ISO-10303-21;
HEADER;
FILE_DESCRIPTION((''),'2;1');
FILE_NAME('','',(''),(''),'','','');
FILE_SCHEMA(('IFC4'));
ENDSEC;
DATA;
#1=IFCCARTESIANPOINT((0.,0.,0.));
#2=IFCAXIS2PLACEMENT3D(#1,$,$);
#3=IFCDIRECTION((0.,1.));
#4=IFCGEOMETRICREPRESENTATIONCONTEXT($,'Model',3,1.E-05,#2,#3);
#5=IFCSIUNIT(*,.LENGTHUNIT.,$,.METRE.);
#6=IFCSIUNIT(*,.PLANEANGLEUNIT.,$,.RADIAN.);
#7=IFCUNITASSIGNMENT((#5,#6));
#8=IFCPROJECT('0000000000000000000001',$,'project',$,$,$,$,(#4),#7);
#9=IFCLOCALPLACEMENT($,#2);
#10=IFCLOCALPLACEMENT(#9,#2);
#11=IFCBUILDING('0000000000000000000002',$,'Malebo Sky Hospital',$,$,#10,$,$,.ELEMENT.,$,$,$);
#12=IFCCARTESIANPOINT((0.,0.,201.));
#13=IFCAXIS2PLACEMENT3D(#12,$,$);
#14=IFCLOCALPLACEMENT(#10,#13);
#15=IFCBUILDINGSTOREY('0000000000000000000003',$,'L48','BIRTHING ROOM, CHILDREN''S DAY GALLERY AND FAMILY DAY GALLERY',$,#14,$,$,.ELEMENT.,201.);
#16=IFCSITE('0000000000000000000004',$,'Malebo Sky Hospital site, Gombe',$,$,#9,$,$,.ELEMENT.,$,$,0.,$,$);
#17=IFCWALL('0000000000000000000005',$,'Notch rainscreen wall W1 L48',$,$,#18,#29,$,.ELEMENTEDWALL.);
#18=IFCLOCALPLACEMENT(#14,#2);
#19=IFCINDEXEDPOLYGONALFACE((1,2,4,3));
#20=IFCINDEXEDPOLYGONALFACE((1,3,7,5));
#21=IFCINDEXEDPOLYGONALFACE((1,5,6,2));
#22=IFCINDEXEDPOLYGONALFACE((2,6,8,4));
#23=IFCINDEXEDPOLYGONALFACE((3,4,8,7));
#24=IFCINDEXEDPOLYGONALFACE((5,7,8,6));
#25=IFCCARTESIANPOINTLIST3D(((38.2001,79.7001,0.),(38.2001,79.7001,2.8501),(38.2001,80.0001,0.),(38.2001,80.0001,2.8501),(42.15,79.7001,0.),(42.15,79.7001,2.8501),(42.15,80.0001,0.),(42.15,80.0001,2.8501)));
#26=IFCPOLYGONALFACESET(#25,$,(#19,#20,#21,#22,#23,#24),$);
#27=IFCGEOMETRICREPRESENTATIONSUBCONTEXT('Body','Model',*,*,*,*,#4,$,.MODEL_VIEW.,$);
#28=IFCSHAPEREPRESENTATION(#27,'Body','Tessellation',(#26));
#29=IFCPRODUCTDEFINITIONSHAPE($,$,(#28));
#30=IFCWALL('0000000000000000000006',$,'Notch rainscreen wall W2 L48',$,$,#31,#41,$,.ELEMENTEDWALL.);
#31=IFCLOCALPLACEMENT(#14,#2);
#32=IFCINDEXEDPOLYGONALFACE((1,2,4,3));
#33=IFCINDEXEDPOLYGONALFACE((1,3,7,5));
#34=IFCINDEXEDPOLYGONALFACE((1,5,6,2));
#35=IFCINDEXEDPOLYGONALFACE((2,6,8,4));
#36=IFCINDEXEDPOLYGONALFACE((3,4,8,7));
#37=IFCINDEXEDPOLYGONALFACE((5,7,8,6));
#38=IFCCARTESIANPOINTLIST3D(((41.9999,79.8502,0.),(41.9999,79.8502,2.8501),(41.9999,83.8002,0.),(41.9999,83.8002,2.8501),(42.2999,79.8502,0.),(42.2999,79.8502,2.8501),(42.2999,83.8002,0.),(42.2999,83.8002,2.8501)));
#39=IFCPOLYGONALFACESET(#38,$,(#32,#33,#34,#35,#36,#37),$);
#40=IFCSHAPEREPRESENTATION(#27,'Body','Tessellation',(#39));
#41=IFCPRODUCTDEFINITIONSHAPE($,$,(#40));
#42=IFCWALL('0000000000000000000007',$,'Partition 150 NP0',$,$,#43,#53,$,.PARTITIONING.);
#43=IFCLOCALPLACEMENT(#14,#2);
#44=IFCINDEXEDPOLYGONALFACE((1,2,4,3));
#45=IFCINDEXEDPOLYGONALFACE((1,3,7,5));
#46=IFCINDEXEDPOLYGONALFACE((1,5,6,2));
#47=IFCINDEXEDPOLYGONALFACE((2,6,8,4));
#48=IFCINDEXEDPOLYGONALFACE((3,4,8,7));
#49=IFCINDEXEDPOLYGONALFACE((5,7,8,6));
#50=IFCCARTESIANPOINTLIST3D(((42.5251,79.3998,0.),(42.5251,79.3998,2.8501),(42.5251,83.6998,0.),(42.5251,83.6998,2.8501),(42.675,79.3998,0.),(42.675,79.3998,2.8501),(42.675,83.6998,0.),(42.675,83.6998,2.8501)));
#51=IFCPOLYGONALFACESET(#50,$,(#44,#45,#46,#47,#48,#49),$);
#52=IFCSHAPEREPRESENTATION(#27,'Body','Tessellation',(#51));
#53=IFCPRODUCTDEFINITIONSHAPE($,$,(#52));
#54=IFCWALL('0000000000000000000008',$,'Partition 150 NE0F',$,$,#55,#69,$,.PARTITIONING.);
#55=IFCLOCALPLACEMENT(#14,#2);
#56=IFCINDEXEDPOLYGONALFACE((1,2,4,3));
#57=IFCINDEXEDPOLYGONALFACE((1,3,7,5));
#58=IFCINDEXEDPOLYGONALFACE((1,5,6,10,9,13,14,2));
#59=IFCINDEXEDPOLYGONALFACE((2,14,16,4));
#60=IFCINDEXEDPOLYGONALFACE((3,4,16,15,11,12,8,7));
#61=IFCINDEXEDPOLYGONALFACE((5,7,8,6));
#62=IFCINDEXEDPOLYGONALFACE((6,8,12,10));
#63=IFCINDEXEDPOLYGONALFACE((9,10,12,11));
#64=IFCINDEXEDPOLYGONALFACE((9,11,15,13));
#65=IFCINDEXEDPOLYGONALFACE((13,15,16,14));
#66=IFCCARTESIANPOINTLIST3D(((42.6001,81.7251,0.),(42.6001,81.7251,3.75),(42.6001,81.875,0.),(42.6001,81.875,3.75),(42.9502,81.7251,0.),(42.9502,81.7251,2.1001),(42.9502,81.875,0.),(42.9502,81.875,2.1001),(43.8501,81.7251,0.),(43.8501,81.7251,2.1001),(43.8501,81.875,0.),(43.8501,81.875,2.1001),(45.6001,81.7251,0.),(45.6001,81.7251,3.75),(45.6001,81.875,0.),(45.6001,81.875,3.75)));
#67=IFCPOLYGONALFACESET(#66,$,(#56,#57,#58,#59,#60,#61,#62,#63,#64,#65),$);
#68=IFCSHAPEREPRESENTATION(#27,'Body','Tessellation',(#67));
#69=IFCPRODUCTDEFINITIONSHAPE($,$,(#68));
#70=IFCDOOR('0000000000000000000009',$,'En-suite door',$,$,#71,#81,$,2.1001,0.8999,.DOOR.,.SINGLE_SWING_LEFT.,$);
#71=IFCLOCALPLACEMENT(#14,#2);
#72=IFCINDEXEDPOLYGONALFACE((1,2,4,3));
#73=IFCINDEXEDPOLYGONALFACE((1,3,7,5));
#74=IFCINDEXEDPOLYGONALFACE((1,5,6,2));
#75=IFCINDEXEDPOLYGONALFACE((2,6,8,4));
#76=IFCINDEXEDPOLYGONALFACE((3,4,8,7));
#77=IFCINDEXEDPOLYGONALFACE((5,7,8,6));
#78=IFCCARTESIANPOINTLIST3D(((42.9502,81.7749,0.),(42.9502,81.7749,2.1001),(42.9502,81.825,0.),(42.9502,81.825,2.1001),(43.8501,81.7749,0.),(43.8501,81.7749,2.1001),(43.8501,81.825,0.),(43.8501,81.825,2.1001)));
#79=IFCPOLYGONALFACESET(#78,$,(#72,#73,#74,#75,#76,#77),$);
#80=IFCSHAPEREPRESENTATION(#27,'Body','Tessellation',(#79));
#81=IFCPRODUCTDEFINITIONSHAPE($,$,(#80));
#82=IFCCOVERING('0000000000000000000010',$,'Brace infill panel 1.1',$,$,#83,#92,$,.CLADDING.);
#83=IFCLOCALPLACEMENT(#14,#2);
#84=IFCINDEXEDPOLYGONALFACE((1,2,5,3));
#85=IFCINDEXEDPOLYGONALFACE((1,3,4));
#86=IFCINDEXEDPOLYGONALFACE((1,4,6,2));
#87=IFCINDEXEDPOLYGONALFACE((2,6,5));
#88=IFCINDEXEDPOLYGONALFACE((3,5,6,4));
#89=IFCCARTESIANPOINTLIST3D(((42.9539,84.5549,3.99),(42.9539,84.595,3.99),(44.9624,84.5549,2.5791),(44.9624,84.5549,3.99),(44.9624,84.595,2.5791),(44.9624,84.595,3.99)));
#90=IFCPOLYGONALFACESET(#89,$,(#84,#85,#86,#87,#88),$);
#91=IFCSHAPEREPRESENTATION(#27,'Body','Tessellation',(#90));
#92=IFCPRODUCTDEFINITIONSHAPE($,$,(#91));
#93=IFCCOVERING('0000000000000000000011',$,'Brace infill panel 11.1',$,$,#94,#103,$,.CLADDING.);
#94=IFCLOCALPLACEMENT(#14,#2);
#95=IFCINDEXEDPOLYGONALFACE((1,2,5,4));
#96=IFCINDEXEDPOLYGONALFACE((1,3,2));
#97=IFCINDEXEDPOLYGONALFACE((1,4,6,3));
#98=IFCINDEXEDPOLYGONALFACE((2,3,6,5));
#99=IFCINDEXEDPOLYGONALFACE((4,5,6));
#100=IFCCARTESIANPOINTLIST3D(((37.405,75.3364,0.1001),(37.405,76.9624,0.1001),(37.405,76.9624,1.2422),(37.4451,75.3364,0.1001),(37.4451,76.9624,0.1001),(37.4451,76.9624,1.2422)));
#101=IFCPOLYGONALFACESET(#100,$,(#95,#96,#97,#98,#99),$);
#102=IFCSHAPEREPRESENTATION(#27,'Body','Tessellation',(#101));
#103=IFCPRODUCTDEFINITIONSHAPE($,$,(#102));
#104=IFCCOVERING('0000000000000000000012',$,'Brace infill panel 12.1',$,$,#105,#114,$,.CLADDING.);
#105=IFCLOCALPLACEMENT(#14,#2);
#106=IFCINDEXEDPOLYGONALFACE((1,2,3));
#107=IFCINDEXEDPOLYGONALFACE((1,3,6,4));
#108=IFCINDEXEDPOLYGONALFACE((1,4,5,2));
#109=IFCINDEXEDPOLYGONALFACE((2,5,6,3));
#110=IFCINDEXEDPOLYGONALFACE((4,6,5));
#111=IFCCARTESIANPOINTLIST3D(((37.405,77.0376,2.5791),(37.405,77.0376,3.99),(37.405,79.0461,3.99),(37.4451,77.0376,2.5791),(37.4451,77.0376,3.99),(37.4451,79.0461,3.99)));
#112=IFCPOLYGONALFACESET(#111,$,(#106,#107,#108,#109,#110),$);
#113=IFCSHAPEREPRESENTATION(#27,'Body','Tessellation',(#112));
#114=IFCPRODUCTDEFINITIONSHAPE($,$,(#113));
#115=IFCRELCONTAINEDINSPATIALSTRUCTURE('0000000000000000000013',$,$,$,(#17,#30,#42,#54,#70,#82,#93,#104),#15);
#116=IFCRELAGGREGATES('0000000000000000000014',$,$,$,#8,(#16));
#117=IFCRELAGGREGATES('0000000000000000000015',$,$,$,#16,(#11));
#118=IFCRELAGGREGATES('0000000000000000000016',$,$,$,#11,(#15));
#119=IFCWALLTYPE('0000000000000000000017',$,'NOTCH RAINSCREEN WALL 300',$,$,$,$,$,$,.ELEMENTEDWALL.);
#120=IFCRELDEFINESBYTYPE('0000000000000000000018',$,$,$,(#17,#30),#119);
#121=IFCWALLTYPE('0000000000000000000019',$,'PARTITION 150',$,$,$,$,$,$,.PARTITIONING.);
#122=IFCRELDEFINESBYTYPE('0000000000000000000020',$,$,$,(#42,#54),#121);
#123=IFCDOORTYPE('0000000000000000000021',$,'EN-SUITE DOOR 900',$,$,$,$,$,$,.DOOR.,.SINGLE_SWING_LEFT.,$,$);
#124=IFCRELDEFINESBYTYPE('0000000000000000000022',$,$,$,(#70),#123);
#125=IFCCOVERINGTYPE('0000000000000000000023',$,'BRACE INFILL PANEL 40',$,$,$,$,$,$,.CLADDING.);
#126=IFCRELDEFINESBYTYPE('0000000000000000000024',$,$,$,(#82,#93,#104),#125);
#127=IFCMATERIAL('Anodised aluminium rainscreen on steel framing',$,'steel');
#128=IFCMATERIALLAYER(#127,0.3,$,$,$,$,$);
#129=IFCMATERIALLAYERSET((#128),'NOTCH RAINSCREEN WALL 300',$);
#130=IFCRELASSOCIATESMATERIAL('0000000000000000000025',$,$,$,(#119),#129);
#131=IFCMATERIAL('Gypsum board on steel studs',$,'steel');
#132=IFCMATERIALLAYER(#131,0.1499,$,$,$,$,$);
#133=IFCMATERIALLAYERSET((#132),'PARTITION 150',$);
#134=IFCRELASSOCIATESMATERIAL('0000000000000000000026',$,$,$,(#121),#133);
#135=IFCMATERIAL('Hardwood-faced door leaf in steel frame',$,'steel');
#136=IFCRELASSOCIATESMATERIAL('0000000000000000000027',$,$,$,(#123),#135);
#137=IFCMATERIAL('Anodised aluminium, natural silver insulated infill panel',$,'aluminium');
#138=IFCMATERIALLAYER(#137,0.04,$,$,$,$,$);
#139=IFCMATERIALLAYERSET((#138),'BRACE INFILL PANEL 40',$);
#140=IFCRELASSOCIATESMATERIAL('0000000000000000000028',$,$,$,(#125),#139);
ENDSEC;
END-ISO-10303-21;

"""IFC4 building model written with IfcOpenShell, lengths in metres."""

from ifc_helpers import new_model, si_unit, direction, frame, frame_2d, origin, place, context, subcontext, project, spatial, polyline, rectangle, outline, extrude, material, layer, layer_set, type_object, element, fill, save


model = new_model("IFC4")

# Units and contexts
model_context = context("Model", 3, precision=1e-05, world=origin(), true_north=direction((0.0, 1.0)))
body_context = subcontext(model_context, "Body", "Model", "MODEL_VIEW")
ifc_project = project(units=[si_unit("LENGTHUNIT", "METRE"), si_unit("PLANEANGLEUNIT", "RADIAN")], contexts=[model_context])

# Site, building, storey
site_placement = place(None, origin())
site = spatial("IfcSite", under=ifc_project, at=site_placement, Name="Malebo Sky Hospital site, Gombe", CompositionType="ELEMENT", RefElevation=0.0)
building_placement = place(site_placement, origin())
building = spatial("IfcBuilding", under=site, at=building_placement, Name="Malebo Sky Hospital", CompositionType="ELEMENT")
storey_placement = place(building_placement, frame((0.0, 0.0, 201.0)))
storey = spatial("IfcBuildingStorey", under=building, at=storey_placement, Name="L48", Description="BIRTHING ROOM, CHILDREN'S DAY GALLERY AND FAMILY DAY GALLERY", CompositionType="ELEMENT", Elevation=201.0)

# Shared definitions
ifc_material_1 = material(Name="Gypsum board on steel studs", Category="steel")
ifc_material_2 = material(Name="Hardwood-faced door leaf in steel frame", Category="steel")

# Walls
ifc_material_3 = material(Name="Anodised aluminium rainscreen on steel framing", Category="steel")
ifc_layer_1 = layer(ifc_material_3, 0.3)
ifc_layer_set_1 = layer_set([ifc_layer_1], Name="NOTCH RAINSCREEN WALL 300")
wall_type_1 = type_object("IfcWallType", Name="NOTCH RAINSCREEN WALL 300", PredefinedType="ELEMENTEDWALL", material=ifc_layer_set_1)
for number, where, z_axis, x_axis, name in (
    (1, (38.2, 79.8501, 0.0), (0.0, 0.0, 1.0), (1.0, 0.0, 0.0), "Notch rainscreen wall W1 L48"),
    (2, (42.1499, 79.8501, 0.0), (0.0, 0.0, 1.0), (0.0, 1.0, 0.0), "Notch rainscreen wall W2 L48"),
):
    element("IfcWall", number, at=place(storey_placement, frame(where, z_axis=z_axis, x_axis=x_axis)), inside=storey, type_object=wall_type_1, Name=name, PredefinedType="ELEMENTEDWALL", context=body_context, shape_type="SweptSolid", body=[
        extrude(rectangle(XDim=3.95, YDim=0.3, at=frame_2d((1.9751, 0.0))), origin(), (0.0, 0.0, 1.0), 2.8501),
    ])
ifc_layer_2 = layer(ifc_material_1, 0.1499)
ifc_layer_set_2 = layer_set([ifc_layer_2], Name="PARTITION 150")
wall_type_2 = type_object("IfcWallType", Name="PARTITION 150", PredefinedType="PARTITIONING", material=ifc_layer_set_2)
wall_1_placement = place(storey_placement, frame((42.6001, 79.3999, 0.0), z_axis=(0.0, 0.0, 1.0), x_axis=(0.0, 1.0, 0.0)))
element("IfcWall", 3, at=wall_1_placement, inside=storey, type_object=wall_type_2, Name="Partition 150 NP0", PredefinedType="PARTITIONING", context=body_context, shape_type="SweptSolid", body=[
    extrude(rectangle(XDim=4.3, YDim=0.1499, at=frame_2d((2.1499, 0.0))), origin(), (0.0, 0.0, 1.0), 2.8501),
])

# Wall, opening, door
wall_2_placement = place(storey_placement, frame((42.6001, 81.8, 0.0), z_axis=(0.0, 0.0, 1.0), x_axis=(1.0, 0.0, 0.0)))
wall_2 = element("IfcWall", 4, at=wall_2_placement, inside=storey, type_object=wall_type_2, Name="Partition 150 NE0F", PredefinedType="PARTITIONING", context=body_context, shape_type="SweptSolid", body=[
    extrude(rectangle(XDim=3.0, YDim=0.1499, at=frame_2d((1.5, 0.0))), origin(), (0.0, 0.0, 1.0), 3.75),
])
opening_1_placement = place(wall_2_placement, frame((0.3501, 0.0, 0.0)))
opening_1 = element("IfcOpeningElement", 5, at=opening_1_placement, cuts=wall_2, PredefinedType="OPENING", context=body_context, shape_type="SweptSolid", body=[
    extrude(rectangle(XDim=0.8999, YDim=2.1001, at=frame_2d((0.45, 1.05))), frame((0.0, 0.085, 0.0), z_axis=(0.0, -1.0, 0.0), x_axis=(1.0, 0.0, 0.0)), (0.0, 0.0, 1.0), 0.1699),
])
door_type_1 = type_object("IfcDoorType", Name="EN-SUITE DOOR 900", OperationType="SINGLE_SWING_LEFT", PredefinedType="DOOR", material=ifc_material_2)
door_1_placement = place(opening_1_placement, origin())
door_1 = element("IfcDoor", 6, at=door_1_placement, inside=storey, type_object=door_type_1, Name="En-suite door", OperationType="SINGLE_SWING_LEFT", OverallHeight=2.1001, OverallWidth=0.8999, PredefinedType="DOOR", context=body_context, shape_type="SweptSolid", body=[
    extrude(rectangle(XDim=0.8999, YDim=2.1001, at=frame_2d((0.45, 1.05))), frame((0.0, 0.0249, 0.0), z_axis=(0.0, -1.0, 0.0), x_axis=(1.0, 0.0, 0.0)), (0.0, 0.0, 1.0), 0.05),
])
fill(opening_1, door_1)

# Coverings
ifc_material_4 = material(Name="Anodised aluminium, natural silver insulated infill panel", Category="aluminium")
ifc_layer_3 = layer(ifc_material_4, 0.04)
ifc_layer_set_3 = layer_set([ifc_layer_3], Name="BRACE INFILL PANEL 40")
covering_type = type_object("IfcCoveringType", Name="BRACE INFILL PANEL 40", PredefinedType="CLADDING", material=ifc_layer_set_3)
covering_1_placement = place(storey_placement, frame((43.9583, 84.575, 2.5791), z_axis=(0.0, 0.0, 1.0), x_axis=(1.0, 0.0, 0.0)))
element("IfcCovering", 7, at=covering_1_placement, inside=storey, type_object=covering_type, Name="Brace infill panel 1.1", PredefinedType="CLADDING", context=body_context, shape_type="SweptSolid", body=[
    extrude(outline(polyline([(1.0042, 0.0), (1.0042, 1.4109), (-1.0044, 1.4109), (1.0042, 0.0)])), frame((0.0, 0.02, 0.0), z_axis=(0.0, -1.0, 0.0), x_axis=(1.0, 0.0, 0.0)), (0.0, 0.0, 1.0), 0.04),
])
covering_2_placement = place(storey_placement, frame((37.425, 76.1494, 0.1001), z_axis=(0.0, 0.0, 1.0), x_axis=(0.0, 1.0, 0.0)))
element("IfcCovering", 8, at=covering_2_placement, inside=storey, type_object=covering_type, Name="Brace infill panel 11.1", PredefinedType="CLADDING", context=body_context, shape_type="SweptSolid", body=[
    extrude(outline(polyline([(-0.813, 0.0), (0.813, 0.0), (0.813, 1.1421), (-0.813, 0.0)])), frame((0.0, 0.02, 0.0), z_axis=(0.0, -1.0, 0.0), x_axis=(1.0, 0.0, 0.0)), (0.0, 0.0, 1.0), 0.04),
])
covering_3_placement = place(storey_placement, frame((37.425, 78.0417, 2.5791), z_axis=(0.0, 0.0, 1.0), x_axis=(0.0, 1.0, 0.0)))
element("IfcCovering", 9, at=covering_3_placement, inside=storey, type_object=covering_type, Name="Brace infill panel 12.1", PredefinedType="CLADDING", context=body_context, shape_type="SweptSolid", body=[
    extrude(outline(polyline([(-1.0042, 0.0), (1.0044, 1.4109), (-1.0042, 1.4109), (-1.0042, 0.0)])), frame((0.0, 0.02, 0.0), z_axis=(0.0, -1.0, 0.0), x_axis=(1.0, 0.0, 0.0)), (0.0, 0.0, 1.0), 0.04),
])

save(model, "model.ifc")
